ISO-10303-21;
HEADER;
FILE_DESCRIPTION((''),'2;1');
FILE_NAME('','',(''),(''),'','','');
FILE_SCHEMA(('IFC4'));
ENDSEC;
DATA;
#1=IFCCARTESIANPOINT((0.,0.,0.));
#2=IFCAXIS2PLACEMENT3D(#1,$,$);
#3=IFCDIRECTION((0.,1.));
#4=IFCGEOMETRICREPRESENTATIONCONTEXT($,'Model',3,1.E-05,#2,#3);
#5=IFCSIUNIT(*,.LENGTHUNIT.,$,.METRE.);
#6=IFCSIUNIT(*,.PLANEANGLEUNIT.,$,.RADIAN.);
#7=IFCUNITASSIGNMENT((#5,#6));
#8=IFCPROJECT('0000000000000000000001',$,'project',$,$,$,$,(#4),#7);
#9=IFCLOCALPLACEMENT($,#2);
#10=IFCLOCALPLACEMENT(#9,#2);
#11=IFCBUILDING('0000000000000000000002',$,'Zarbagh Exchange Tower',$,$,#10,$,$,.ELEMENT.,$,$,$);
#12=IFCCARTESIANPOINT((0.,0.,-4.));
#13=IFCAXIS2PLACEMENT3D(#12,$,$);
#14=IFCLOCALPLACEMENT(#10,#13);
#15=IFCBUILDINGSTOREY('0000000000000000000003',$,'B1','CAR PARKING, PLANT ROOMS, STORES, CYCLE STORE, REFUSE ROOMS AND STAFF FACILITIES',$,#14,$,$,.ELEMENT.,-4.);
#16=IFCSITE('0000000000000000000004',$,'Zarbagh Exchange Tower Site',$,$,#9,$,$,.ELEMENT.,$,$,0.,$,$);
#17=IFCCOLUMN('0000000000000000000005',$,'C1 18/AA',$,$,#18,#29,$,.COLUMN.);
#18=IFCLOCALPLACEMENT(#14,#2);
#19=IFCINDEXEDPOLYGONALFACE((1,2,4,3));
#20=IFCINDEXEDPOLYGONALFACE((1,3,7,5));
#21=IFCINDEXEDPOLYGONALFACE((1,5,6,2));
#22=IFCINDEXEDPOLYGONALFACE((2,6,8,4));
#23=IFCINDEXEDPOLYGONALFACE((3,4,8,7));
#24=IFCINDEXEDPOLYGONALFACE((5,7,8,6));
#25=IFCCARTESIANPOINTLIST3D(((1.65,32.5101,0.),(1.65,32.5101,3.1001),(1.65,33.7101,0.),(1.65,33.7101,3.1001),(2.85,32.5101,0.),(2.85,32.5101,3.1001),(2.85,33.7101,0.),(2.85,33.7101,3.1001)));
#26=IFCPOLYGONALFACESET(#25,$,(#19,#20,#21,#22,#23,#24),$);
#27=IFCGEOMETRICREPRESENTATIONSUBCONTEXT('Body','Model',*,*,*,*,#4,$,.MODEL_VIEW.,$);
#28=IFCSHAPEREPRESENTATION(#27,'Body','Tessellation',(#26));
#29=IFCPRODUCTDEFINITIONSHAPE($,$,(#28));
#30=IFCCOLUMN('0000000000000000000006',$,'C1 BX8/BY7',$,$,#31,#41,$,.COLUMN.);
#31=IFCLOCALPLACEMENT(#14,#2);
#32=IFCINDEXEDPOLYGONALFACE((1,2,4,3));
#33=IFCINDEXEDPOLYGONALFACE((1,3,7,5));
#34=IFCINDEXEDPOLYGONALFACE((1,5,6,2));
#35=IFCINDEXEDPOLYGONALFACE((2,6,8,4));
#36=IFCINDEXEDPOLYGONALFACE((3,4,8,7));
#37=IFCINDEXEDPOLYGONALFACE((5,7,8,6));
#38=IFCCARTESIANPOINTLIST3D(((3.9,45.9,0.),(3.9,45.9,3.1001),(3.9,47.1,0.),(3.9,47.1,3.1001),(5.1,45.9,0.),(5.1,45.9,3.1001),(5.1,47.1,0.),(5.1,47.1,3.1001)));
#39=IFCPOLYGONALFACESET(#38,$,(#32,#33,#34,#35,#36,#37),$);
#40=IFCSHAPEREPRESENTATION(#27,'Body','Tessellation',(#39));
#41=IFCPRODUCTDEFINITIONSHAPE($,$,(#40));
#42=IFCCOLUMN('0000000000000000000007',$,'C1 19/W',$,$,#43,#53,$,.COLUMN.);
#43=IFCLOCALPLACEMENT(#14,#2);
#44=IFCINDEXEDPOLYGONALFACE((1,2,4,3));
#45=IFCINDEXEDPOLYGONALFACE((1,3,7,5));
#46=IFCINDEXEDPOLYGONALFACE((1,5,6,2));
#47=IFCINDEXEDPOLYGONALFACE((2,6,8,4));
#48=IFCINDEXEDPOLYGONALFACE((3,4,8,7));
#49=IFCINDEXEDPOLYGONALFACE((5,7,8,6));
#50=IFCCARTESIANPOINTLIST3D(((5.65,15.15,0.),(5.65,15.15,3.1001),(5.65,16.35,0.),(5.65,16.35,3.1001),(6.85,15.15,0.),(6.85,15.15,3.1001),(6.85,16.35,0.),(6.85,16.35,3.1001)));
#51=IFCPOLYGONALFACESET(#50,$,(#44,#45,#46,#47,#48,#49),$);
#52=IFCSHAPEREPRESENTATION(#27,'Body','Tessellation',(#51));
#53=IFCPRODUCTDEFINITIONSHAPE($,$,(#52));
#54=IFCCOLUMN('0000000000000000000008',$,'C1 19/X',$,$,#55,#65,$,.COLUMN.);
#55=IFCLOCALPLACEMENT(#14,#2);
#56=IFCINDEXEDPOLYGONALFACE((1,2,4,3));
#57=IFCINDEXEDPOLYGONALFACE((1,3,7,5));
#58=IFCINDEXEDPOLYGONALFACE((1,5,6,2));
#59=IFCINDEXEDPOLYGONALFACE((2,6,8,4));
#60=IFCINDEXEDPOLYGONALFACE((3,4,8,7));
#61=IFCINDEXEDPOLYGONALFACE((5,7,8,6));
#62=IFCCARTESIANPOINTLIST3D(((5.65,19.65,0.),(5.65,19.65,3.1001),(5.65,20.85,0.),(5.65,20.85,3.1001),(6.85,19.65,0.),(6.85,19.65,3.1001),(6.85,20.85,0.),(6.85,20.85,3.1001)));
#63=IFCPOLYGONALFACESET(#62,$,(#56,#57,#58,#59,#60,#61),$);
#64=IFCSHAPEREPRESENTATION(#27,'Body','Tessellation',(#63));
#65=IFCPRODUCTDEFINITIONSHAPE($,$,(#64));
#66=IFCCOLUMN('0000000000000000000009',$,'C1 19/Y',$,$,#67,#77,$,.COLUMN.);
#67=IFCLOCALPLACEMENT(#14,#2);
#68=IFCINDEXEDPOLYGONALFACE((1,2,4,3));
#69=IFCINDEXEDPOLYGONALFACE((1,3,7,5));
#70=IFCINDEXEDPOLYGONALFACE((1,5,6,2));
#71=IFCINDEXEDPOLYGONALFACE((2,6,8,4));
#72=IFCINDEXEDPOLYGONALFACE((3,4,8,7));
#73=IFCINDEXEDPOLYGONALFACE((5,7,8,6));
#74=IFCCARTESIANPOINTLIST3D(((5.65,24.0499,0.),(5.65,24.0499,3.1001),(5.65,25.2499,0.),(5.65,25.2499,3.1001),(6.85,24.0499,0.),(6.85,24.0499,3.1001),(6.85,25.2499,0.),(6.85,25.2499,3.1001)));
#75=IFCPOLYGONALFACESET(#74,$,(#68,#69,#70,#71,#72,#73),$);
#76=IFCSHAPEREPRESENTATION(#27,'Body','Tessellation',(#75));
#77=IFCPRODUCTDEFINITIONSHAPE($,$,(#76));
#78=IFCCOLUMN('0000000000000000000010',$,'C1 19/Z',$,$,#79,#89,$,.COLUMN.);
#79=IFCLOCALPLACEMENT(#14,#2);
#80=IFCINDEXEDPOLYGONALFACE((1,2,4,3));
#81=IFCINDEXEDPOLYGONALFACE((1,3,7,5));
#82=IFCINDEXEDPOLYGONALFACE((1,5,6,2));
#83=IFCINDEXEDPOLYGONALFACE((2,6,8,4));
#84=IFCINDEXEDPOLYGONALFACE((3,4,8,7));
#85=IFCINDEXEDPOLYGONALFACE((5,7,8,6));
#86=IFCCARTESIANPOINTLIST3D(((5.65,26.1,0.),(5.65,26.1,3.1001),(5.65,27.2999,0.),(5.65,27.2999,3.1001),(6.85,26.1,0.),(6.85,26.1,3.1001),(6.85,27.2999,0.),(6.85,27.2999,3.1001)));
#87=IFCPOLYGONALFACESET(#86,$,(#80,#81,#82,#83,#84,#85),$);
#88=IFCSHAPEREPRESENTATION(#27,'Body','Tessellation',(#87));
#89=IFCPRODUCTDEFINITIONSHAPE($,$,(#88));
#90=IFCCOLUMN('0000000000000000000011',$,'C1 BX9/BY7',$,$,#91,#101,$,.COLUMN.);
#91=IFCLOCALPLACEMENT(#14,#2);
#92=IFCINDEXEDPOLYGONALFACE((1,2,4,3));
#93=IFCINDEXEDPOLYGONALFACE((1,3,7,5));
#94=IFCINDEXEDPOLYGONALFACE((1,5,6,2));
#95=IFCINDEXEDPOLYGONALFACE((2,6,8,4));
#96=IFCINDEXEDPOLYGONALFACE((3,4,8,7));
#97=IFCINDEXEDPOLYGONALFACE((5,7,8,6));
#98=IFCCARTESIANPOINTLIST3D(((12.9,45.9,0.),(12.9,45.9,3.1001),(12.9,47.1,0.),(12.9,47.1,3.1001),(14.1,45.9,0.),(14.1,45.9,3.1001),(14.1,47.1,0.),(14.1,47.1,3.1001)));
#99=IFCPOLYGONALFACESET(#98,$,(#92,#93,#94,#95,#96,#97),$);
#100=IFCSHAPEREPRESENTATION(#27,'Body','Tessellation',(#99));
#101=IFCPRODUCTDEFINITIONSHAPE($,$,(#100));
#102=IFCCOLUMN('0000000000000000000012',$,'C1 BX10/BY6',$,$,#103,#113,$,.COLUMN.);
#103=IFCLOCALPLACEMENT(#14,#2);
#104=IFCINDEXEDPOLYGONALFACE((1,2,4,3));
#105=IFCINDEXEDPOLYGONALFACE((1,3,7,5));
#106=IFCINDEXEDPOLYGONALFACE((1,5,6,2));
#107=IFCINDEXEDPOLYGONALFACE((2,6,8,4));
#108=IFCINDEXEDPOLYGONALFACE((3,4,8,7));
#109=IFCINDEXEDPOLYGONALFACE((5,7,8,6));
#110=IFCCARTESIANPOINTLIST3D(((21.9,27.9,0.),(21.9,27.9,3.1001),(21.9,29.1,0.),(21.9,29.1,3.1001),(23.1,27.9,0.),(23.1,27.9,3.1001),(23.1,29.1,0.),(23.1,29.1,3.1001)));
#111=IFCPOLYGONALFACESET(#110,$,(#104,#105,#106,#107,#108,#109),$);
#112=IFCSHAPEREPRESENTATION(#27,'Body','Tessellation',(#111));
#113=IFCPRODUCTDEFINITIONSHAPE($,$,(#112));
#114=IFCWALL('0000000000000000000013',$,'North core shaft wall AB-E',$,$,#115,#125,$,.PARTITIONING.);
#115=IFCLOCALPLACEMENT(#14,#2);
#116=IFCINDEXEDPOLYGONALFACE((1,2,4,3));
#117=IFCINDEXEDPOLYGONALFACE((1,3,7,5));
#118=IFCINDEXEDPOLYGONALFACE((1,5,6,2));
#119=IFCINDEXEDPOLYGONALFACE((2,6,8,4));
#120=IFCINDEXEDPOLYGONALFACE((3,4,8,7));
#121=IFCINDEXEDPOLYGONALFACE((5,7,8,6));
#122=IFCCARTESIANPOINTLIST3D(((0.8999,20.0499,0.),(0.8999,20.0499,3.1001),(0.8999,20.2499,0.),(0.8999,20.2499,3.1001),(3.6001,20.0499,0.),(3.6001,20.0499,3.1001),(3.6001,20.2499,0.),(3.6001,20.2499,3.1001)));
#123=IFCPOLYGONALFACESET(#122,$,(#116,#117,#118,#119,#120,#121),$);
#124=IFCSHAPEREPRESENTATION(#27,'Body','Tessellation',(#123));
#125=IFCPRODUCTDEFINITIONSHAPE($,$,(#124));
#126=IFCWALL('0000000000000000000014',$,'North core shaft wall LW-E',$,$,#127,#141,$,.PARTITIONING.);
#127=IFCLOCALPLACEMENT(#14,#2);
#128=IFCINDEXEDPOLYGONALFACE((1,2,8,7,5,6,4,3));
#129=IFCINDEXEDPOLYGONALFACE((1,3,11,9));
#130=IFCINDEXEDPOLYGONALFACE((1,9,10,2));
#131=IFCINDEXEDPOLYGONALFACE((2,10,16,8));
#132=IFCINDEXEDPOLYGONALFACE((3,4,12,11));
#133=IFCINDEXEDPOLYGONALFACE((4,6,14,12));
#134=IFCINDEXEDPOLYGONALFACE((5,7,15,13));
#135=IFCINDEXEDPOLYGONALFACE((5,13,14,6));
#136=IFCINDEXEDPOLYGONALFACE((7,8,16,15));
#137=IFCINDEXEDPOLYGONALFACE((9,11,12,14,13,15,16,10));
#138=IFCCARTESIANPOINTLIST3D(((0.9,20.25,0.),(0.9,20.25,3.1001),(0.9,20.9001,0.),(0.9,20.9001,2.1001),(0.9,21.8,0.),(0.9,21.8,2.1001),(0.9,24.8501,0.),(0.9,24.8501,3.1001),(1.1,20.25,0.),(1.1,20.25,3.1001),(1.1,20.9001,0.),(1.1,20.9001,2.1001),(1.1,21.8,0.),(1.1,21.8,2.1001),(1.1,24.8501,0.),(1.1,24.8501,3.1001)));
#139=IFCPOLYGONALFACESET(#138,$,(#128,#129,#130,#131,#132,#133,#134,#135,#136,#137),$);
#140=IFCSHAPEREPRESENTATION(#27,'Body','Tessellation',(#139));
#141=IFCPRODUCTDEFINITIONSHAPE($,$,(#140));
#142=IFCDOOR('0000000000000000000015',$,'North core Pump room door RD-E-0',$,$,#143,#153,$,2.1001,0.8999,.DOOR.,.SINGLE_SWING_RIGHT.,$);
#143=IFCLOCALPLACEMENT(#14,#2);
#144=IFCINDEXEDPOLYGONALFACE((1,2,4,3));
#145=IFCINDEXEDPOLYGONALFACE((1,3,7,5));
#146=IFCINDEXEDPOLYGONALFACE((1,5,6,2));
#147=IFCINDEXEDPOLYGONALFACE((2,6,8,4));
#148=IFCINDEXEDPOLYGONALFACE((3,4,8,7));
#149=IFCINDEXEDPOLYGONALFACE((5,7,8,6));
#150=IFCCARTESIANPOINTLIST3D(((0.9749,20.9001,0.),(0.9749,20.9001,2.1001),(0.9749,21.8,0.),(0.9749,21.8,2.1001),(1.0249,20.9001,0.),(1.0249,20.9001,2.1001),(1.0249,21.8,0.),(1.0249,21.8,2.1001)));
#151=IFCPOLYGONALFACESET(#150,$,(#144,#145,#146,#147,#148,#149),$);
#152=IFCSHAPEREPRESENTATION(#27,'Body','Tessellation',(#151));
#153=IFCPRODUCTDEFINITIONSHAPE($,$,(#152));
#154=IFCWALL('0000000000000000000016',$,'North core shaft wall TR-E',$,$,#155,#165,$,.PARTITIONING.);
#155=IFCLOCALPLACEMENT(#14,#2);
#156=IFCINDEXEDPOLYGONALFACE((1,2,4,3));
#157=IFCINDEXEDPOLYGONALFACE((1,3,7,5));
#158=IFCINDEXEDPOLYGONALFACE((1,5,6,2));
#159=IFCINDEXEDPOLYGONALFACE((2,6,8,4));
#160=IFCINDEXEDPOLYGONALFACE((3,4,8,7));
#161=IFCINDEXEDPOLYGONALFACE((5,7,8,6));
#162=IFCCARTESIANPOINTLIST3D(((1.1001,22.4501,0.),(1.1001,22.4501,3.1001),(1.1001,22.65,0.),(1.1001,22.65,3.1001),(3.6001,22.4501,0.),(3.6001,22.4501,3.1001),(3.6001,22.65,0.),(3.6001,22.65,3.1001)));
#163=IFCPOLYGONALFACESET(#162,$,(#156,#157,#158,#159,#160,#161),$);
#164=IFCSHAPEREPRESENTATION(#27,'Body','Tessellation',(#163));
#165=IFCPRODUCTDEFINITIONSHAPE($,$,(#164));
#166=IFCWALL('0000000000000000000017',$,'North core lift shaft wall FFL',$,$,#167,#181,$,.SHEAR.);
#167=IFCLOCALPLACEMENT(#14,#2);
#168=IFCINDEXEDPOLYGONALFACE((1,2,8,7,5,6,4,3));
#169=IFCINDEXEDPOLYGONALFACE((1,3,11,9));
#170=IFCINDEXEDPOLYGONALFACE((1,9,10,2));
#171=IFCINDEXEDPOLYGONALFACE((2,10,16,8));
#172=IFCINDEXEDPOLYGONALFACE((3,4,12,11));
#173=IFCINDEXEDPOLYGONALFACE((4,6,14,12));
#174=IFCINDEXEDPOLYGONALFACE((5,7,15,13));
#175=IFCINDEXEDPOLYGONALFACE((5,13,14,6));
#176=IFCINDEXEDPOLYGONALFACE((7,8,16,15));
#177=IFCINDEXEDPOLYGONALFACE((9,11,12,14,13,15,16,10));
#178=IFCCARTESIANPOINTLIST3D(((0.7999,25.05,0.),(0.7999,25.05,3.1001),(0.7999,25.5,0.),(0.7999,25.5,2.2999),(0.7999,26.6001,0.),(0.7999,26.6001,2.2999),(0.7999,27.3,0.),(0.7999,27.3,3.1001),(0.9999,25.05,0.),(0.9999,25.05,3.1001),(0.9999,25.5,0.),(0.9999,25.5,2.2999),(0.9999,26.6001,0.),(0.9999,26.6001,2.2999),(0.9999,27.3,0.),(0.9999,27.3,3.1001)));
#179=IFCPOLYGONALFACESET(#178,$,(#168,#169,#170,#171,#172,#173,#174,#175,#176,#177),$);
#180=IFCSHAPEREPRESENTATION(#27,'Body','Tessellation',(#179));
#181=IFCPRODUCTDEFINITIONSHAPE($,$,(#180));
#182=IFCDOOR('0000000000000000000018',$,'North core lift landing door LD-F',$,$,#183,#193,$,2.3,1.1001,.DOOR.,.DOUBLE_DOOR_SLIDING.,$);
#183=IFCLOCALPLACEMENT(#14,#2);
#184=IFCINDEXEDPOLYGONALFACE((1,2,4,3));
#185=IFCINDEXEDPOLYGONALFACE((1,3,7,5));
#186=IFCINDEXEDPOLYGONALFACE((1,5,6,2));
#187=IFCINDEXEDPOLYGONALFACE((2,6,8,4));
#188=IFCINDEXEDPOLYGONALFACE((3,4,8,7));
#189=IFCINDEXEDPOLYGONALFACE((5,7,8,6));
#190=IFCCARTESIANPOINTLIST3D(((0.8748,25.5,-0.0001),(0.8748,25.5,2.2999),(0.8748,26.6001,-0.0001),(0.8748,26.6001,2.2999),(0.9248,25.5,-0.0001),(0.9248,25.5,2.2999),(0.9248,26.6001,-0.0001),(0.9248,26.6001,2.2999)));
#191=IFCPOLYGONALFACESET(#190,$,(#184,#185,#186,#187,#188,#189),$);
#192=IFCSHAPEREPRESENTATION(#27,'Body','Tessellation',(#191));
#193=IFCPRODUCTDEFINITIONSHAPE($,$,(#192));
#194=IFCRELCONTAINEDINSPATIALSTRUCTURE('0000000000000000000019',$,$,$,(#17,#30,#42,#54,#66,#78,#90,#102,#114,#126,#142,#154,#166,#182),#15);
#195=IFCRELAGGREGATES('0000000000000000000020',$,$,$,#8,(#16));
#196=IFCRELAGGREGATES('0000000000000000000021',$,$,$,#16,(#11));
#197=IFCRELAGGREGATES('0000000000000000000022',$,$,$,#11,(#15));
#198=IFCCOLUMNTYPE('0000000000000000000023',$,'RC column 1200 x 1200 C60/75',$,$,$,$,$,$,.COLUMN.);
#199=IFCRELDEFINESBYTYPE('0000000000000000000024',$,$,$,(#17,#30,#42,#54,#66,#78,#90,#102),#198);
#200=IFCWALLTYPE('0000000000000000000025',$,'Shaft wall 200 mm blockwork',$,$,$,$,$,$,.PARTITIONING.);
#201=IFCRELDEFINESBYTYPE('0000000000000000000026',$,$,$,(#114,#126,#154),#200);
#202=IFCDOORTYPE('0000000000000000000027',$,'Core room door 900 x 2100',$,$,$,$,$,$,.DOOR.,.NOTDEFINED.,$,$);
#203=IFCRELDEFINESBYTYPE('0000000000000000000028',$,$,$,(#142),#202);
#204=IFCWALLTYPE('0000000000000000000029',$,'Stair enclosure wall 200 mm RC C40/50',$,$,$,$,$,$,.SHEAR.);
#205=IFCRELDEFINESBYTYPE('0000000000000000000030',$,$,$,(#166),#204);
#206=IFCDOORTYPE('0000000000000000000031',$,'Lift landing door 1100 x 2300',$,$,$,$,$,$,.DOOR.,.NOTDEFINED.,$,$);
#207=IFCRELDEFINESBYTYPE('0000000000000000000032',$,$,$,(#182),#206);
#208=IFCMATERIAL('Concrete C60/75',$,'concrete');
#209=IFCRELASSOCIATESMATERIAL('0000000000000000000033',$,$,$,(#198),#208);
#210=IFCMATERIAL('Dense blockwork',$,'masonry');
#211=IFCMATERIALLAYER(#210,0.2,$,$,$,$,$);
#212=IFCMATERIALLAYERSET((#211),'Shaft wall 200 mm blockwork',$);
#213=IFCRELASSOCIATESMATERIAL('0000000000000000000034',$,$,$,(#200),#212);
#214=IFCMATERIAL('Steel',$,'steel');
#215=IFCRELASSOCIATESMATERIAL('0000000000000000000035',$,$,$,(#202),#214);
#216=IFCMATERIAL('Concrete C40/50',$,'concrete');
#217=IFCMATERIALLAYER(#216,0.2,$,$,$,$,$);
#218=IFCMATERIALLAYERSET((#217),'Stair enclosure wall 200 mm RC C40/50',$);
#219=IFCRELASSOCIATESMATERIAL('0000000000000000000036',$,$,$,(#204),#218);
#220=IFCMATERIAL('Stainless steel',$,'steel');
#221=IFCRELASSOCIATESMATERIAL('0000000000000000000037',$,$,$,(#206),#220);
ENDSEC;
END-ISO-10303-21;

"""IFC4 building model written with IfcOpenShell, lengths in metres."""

from ifc_helpers import new_model, si_unit, direction, frame, frame_2d, origin, origin_2d, place, context, subcontext, project, spatial, rectangle, extrude, material, layer, layer_set, material_profile, profile_set, type_object, element, fill, save


model = new_model("IFC4")

# Units and contexts
model_context = context("Model", 3, precision=1e-05, world=origin(), true_north=direction((0.0, 1.0)))
body_context = subcontext(model_context, "Body", "Model", "MODEL_VIEW")
ifc_project = project(units=[si_unit("LENGTHUNIT", "METRE"), si_unit("PLANEANGLEUNIT", "RADIAN")], contexts=[model_context])

# Site, building, storey
site_placement = place(None, origin())
site = spatial("IfcSite", under=ifc_project, at=site_placement, Name="Zarbagh Exchange Tower Site", CompositionType="ELEMENT", RefElevation=0.0)
building_placement = place(site_placement, origin())
building = spatial("IfcBuilding", under=site, at=building_placement, Name="Zarbagh Exchange Tower", CompositionType="ELEMENT")
storey_placement = place(building_placement, frame((0.0, 0.0, -4.0)))
storey = spatial("IfcBuildingStorey", under=building, at=storey_placement, Name="B1", Description="CAR PARKING, PLANT ROOMS, STORES, CYCLE STORE, REFUSE ROOMS AND STAFF FACILITIES", CompositionType="ELEMENT", Elevation=-4.0)

# Columns
ifc_material_1 = material(Name="Concrete C60/75", Category="concrete")
ifc_material_profile = material_profile(ifc_material_1, rectangle(XDim=1.2, YDim=1.2, at=origin_2d()), Name="RC column 1200 x 1200 C60/75")
ifc_profile_set = profile_set([ifc_material_profile], Name="Concrete C60/75")
column_type = type_object("IfcColumnType", Name="RC column 1200 x 1200 C60/75", PredefinedType="COLUMN", material=ifc_profile_set)
for number, where, z_axis, x_axis, name in (
    (1, (2.25, 33.1101, 0.0), (0.0, 0.0, 1.0), (1.0, 0.0, 0.0), "C1 18/AA"),
    (2, (4.5, 46.5, 0.0), (0.0, 0.0, 1.0), (1.0, 0.0, 0.0), "C1 BX8/BY7"),
    (3, (6.25, 15.75, 0.0), (0.0, 0.0, 1.0), (1.0, 0.0, 0.0), "C1 19/W"),
    (4, (6.25, 20.25, 0.0), (0.0, 0.0, 1.0), (1.0, 0.0, 0.0), "C1 19/X"),
    (5, (6.25, 24.6499, 0.0), (0.0, 0.0, 1.0), (1.0, 0.0, 0.0), "C1 19/Y"),
    (6, (6.25, 26.7, 0.0), (0.0, 0.0, 1.0), (1.0, 0.0, 0.0), "C1 19/Z"),
    (7, (13.5, 46.5, 0.0), (0.0, 0.0, 1.0), (1.0, 0.0, 0.0), "C1 BX9/BY7"),
    (8, (22.5, 28.5, 0.0), (0.0, 0.0, 1.0), (1.0, 0.0, 0.0), "C1 BX10/BY6"),
):
    element("IfcColumn", number, at=place(storey_placement, frame(where, z_axis=z_axis, x_axis=x_axis)), inside=storey, type_object=column_type, Name=name, PredefinedType="COLUMN", context=body_context, shape_type="SweptSolid", body=[
        extrude(rectangle(XDim=1.2, YDim=1.2, at=origin_2d()), origin(), (0.0, 0.0, 1.0), 3.1001),
    ])

# Wall
ifc_material_2 = material(Name="Dense blockwork", Category="masonry")
ifc_layer_1 = layer(ifc_material_2, 0.2)
ifc_layer_set_1 = layer_set([ifc_layer_1], Name="Shaft wall 200 mm blockwork")
wall_type_1 = type_object("IfcWallType", Name="Shaft wall 200 mm blockwork", PredefinedType="PARTITIONING", material=ifc_layer_set_1)
wall_1_placement = place(storey_placement, frame((0.8999, 20.1499, 0.0), z_axis=(0.0, 0.0, 1.0), x_axis=(1.0, 0.0, 0.0)))
element("IfcWall", 9, at=wall_1_placement, inside=storey, type_object=wall_type_1, Name="North core shaft wall AB-E", PredefinedType="PARTITIONING", context=body_context, shape_type="SweptSolid", body=[
    extrude(rectangle(XDim=2.7002, YDim=0.2, at=frame_2d((1.3501, 0.0))), origin(), (0.0, 0.0, 1.0), 3.1001),
])

# Wall, opening, door
wall_2_placement = place(storey_placement, frame((1.0, 24.8501, 0.0), z_axis=(0.0, 0.0, 1.0), x_axis=(0.0, -1.0, 0.0)))
wall_2 = element("IfcWall", 10, at=wall_2_placement, inside=storey, type_object=wall_type_1, Name="North core shaft wall LW-E", PredefinedType="PARTITIONING", context=body_context, shape_type="SweptSolid", body=[
    extrude(rectangle(XDim=4.6001, YDim=0.2, at=frame_2d((2.3, 0.0))), origin(), (0.0, 0.0, 1.0), 3.1001),
])
opening_1_placement = place(wall_2_placement, frame((3.05, 0.0, 0.0)))
opening_1 = element("IfcOpeningElement", 11, at=opening_1_placement, cuts=wall_2, PredefinedType="OPENING", context=body_context, shape_type="SweptSolid", body=[
    extrude(rectangle(XDim=0.8999, YDim=2.1001, at=frame_2d((0.45, 1.05))), frame((0.0, 0.1099, 0.0), z_axis=(0.0, -1.0, 0.0), x_axis=(1.0, 0.0, 0.0)), (0.0, 0.0, 1.0), 0.22),
])
ifc_material_3 = material(Name="Steel", Category="steel")
door_type_1 = type_object("IfcDoorType", Name="Core room door 900 x 2100", OperationType="NOTDEFINED", PredefinedType="DOOR", material=ifc_material_3)
door_1_placement = place(opening_1_placement, origin())
door_1 = element("IfcDoor", 12, at=door_1_placement, inside=storey, type_object=door_type_1, Name="North core Pump room door RD-E-0", OperationType="SINGLE_SWING_RIGHT", OverallHeight=2.1001, OverallWidth=0.8999, PredefinedType="DOOR", context=body_context, shape_type="SweptSolid", body=[
    extrude(rectangle(XDim=0.8999, YDim=2.1001, at=frame_2d((0.45, 1.05))), frame((0.0, 0.0249, 0.0), z_axis=(0.0, -1.0, 0.0), x_axis=(1.0, 0.0, 0.0)), (0.0, 0.0, 1.0), 0.05),
])
fill(opening_1, door_1)

# Wall
wall_3_placement = place(storey_placement, frame((1.1001, 22.55, 0.0), z_axis=(0.0, 0.0, 1.0), x_axis=(1.0, 0.0, 0.0)))
element("IfcWall", 13, at=wall_3_placement, inside=storey, type_object=wall_type_1, Name="North core shaft wall TR-E", PredefinedType="PARTITIONING", context=body_context, shape_type="SweptSolid", body=[
    extrude(rectangle(XDim=2.5, YDim=0.2, at=frame_2d((1.25, 0.0))), origin(), (0.0, 0.0, 1.0), 3.1001),
])

# Wall, opening, door
ifc_material_4 = material(Name="Concrete C40/50", Category="concrete")
ifc_layer_2 = layer(ifc_material_4, 0.2)
ifc_layer_set_2 = layer_set([ifc_layer_2], Name="Stair enclosure wall 200 mm RC C40/50")
wall_type_2 = type_object("IfcWallType", Name="Stair enclosure wall 200 mm RC C40/50", PredefinedType="SHEAR", material=ifc_layer_set_2)
wall_4_placement = place(storey_placement, frame((0.8999, 27.3, 0.0), z_axis=(0.0, 0.0, 1.0), x_axis=(0.0, -1.0, 0.0)))
wall_4 = element("IfcWall", 14, at=wall_4_placement, inside=storey, type_object=wall_type_2, Name="North core lift shaft wall FFL", PredefinedType="SHEAR", context=body_context, shape_type="SweptSolid", body=[
    extrude(rectangle(XDim=2.25, YDim=0.2, at=frame_2d((1.125, 0.0))), origin(), (0.0, 0.0, 1.0), 3.1001),
])
opening_2_placement = place(wall_4_placement, frame((0.7, 0.0, 0.0)))
opening_2 = element("IfcOpeningElement", 15, at=opening_2_placement, cuts=wall_4, PredefinedType="OPENING", context=body_context, shape_type="SweptSolid", body=[
    extrude(rectangle(XDim=1.1001, YDim=2.3, at=frame_2d((0.55, 1.1499))), frame((0.0, 0.1099, 0.0), z_axis=(0.0, -1.0, 0.0), x_axis=(1.0, 0.0, 0.0)), (0.0, 0.0, 1.0), 0.22),
])
ifc_material_5 = material(Name="Stainless steel", Category="steel")
door_type_2 = type_object("IfcDoorType", Name="Lift landing door 1100 x 2300", OperationType="NOTDEFINED", PredefinedType="DOOR", material=ifc_material_5)
door_2_placement = place(opening_2_placement, origin())
door_2 = element("IfcDoor", 16, at=door_2_placement, inside=storey, type_object=door_type_2, Name="North core lift landing door LD-F", OperationType="DOUBLE_DOOR_SLIDING", OverallHeight=2.3, OverallWidth=1.1001, PredefinedType="DOOR", context=body_context, shape_type="SweptSolid", body=[
    extrude(rectangle(XDim=1.1001, YDim=2.3, at=frame_2d((0.55, 1.1499))), frame((0.0, 0.0249, 0.0), z_axis=(0.0, -1.0, 0.0), x_axis=(1.0, 0.0, 0.0)), (0.0, 0.0, 1.0), 0.05),
])
fill(opening_2, door_2)

save(model, "model.ifc")
